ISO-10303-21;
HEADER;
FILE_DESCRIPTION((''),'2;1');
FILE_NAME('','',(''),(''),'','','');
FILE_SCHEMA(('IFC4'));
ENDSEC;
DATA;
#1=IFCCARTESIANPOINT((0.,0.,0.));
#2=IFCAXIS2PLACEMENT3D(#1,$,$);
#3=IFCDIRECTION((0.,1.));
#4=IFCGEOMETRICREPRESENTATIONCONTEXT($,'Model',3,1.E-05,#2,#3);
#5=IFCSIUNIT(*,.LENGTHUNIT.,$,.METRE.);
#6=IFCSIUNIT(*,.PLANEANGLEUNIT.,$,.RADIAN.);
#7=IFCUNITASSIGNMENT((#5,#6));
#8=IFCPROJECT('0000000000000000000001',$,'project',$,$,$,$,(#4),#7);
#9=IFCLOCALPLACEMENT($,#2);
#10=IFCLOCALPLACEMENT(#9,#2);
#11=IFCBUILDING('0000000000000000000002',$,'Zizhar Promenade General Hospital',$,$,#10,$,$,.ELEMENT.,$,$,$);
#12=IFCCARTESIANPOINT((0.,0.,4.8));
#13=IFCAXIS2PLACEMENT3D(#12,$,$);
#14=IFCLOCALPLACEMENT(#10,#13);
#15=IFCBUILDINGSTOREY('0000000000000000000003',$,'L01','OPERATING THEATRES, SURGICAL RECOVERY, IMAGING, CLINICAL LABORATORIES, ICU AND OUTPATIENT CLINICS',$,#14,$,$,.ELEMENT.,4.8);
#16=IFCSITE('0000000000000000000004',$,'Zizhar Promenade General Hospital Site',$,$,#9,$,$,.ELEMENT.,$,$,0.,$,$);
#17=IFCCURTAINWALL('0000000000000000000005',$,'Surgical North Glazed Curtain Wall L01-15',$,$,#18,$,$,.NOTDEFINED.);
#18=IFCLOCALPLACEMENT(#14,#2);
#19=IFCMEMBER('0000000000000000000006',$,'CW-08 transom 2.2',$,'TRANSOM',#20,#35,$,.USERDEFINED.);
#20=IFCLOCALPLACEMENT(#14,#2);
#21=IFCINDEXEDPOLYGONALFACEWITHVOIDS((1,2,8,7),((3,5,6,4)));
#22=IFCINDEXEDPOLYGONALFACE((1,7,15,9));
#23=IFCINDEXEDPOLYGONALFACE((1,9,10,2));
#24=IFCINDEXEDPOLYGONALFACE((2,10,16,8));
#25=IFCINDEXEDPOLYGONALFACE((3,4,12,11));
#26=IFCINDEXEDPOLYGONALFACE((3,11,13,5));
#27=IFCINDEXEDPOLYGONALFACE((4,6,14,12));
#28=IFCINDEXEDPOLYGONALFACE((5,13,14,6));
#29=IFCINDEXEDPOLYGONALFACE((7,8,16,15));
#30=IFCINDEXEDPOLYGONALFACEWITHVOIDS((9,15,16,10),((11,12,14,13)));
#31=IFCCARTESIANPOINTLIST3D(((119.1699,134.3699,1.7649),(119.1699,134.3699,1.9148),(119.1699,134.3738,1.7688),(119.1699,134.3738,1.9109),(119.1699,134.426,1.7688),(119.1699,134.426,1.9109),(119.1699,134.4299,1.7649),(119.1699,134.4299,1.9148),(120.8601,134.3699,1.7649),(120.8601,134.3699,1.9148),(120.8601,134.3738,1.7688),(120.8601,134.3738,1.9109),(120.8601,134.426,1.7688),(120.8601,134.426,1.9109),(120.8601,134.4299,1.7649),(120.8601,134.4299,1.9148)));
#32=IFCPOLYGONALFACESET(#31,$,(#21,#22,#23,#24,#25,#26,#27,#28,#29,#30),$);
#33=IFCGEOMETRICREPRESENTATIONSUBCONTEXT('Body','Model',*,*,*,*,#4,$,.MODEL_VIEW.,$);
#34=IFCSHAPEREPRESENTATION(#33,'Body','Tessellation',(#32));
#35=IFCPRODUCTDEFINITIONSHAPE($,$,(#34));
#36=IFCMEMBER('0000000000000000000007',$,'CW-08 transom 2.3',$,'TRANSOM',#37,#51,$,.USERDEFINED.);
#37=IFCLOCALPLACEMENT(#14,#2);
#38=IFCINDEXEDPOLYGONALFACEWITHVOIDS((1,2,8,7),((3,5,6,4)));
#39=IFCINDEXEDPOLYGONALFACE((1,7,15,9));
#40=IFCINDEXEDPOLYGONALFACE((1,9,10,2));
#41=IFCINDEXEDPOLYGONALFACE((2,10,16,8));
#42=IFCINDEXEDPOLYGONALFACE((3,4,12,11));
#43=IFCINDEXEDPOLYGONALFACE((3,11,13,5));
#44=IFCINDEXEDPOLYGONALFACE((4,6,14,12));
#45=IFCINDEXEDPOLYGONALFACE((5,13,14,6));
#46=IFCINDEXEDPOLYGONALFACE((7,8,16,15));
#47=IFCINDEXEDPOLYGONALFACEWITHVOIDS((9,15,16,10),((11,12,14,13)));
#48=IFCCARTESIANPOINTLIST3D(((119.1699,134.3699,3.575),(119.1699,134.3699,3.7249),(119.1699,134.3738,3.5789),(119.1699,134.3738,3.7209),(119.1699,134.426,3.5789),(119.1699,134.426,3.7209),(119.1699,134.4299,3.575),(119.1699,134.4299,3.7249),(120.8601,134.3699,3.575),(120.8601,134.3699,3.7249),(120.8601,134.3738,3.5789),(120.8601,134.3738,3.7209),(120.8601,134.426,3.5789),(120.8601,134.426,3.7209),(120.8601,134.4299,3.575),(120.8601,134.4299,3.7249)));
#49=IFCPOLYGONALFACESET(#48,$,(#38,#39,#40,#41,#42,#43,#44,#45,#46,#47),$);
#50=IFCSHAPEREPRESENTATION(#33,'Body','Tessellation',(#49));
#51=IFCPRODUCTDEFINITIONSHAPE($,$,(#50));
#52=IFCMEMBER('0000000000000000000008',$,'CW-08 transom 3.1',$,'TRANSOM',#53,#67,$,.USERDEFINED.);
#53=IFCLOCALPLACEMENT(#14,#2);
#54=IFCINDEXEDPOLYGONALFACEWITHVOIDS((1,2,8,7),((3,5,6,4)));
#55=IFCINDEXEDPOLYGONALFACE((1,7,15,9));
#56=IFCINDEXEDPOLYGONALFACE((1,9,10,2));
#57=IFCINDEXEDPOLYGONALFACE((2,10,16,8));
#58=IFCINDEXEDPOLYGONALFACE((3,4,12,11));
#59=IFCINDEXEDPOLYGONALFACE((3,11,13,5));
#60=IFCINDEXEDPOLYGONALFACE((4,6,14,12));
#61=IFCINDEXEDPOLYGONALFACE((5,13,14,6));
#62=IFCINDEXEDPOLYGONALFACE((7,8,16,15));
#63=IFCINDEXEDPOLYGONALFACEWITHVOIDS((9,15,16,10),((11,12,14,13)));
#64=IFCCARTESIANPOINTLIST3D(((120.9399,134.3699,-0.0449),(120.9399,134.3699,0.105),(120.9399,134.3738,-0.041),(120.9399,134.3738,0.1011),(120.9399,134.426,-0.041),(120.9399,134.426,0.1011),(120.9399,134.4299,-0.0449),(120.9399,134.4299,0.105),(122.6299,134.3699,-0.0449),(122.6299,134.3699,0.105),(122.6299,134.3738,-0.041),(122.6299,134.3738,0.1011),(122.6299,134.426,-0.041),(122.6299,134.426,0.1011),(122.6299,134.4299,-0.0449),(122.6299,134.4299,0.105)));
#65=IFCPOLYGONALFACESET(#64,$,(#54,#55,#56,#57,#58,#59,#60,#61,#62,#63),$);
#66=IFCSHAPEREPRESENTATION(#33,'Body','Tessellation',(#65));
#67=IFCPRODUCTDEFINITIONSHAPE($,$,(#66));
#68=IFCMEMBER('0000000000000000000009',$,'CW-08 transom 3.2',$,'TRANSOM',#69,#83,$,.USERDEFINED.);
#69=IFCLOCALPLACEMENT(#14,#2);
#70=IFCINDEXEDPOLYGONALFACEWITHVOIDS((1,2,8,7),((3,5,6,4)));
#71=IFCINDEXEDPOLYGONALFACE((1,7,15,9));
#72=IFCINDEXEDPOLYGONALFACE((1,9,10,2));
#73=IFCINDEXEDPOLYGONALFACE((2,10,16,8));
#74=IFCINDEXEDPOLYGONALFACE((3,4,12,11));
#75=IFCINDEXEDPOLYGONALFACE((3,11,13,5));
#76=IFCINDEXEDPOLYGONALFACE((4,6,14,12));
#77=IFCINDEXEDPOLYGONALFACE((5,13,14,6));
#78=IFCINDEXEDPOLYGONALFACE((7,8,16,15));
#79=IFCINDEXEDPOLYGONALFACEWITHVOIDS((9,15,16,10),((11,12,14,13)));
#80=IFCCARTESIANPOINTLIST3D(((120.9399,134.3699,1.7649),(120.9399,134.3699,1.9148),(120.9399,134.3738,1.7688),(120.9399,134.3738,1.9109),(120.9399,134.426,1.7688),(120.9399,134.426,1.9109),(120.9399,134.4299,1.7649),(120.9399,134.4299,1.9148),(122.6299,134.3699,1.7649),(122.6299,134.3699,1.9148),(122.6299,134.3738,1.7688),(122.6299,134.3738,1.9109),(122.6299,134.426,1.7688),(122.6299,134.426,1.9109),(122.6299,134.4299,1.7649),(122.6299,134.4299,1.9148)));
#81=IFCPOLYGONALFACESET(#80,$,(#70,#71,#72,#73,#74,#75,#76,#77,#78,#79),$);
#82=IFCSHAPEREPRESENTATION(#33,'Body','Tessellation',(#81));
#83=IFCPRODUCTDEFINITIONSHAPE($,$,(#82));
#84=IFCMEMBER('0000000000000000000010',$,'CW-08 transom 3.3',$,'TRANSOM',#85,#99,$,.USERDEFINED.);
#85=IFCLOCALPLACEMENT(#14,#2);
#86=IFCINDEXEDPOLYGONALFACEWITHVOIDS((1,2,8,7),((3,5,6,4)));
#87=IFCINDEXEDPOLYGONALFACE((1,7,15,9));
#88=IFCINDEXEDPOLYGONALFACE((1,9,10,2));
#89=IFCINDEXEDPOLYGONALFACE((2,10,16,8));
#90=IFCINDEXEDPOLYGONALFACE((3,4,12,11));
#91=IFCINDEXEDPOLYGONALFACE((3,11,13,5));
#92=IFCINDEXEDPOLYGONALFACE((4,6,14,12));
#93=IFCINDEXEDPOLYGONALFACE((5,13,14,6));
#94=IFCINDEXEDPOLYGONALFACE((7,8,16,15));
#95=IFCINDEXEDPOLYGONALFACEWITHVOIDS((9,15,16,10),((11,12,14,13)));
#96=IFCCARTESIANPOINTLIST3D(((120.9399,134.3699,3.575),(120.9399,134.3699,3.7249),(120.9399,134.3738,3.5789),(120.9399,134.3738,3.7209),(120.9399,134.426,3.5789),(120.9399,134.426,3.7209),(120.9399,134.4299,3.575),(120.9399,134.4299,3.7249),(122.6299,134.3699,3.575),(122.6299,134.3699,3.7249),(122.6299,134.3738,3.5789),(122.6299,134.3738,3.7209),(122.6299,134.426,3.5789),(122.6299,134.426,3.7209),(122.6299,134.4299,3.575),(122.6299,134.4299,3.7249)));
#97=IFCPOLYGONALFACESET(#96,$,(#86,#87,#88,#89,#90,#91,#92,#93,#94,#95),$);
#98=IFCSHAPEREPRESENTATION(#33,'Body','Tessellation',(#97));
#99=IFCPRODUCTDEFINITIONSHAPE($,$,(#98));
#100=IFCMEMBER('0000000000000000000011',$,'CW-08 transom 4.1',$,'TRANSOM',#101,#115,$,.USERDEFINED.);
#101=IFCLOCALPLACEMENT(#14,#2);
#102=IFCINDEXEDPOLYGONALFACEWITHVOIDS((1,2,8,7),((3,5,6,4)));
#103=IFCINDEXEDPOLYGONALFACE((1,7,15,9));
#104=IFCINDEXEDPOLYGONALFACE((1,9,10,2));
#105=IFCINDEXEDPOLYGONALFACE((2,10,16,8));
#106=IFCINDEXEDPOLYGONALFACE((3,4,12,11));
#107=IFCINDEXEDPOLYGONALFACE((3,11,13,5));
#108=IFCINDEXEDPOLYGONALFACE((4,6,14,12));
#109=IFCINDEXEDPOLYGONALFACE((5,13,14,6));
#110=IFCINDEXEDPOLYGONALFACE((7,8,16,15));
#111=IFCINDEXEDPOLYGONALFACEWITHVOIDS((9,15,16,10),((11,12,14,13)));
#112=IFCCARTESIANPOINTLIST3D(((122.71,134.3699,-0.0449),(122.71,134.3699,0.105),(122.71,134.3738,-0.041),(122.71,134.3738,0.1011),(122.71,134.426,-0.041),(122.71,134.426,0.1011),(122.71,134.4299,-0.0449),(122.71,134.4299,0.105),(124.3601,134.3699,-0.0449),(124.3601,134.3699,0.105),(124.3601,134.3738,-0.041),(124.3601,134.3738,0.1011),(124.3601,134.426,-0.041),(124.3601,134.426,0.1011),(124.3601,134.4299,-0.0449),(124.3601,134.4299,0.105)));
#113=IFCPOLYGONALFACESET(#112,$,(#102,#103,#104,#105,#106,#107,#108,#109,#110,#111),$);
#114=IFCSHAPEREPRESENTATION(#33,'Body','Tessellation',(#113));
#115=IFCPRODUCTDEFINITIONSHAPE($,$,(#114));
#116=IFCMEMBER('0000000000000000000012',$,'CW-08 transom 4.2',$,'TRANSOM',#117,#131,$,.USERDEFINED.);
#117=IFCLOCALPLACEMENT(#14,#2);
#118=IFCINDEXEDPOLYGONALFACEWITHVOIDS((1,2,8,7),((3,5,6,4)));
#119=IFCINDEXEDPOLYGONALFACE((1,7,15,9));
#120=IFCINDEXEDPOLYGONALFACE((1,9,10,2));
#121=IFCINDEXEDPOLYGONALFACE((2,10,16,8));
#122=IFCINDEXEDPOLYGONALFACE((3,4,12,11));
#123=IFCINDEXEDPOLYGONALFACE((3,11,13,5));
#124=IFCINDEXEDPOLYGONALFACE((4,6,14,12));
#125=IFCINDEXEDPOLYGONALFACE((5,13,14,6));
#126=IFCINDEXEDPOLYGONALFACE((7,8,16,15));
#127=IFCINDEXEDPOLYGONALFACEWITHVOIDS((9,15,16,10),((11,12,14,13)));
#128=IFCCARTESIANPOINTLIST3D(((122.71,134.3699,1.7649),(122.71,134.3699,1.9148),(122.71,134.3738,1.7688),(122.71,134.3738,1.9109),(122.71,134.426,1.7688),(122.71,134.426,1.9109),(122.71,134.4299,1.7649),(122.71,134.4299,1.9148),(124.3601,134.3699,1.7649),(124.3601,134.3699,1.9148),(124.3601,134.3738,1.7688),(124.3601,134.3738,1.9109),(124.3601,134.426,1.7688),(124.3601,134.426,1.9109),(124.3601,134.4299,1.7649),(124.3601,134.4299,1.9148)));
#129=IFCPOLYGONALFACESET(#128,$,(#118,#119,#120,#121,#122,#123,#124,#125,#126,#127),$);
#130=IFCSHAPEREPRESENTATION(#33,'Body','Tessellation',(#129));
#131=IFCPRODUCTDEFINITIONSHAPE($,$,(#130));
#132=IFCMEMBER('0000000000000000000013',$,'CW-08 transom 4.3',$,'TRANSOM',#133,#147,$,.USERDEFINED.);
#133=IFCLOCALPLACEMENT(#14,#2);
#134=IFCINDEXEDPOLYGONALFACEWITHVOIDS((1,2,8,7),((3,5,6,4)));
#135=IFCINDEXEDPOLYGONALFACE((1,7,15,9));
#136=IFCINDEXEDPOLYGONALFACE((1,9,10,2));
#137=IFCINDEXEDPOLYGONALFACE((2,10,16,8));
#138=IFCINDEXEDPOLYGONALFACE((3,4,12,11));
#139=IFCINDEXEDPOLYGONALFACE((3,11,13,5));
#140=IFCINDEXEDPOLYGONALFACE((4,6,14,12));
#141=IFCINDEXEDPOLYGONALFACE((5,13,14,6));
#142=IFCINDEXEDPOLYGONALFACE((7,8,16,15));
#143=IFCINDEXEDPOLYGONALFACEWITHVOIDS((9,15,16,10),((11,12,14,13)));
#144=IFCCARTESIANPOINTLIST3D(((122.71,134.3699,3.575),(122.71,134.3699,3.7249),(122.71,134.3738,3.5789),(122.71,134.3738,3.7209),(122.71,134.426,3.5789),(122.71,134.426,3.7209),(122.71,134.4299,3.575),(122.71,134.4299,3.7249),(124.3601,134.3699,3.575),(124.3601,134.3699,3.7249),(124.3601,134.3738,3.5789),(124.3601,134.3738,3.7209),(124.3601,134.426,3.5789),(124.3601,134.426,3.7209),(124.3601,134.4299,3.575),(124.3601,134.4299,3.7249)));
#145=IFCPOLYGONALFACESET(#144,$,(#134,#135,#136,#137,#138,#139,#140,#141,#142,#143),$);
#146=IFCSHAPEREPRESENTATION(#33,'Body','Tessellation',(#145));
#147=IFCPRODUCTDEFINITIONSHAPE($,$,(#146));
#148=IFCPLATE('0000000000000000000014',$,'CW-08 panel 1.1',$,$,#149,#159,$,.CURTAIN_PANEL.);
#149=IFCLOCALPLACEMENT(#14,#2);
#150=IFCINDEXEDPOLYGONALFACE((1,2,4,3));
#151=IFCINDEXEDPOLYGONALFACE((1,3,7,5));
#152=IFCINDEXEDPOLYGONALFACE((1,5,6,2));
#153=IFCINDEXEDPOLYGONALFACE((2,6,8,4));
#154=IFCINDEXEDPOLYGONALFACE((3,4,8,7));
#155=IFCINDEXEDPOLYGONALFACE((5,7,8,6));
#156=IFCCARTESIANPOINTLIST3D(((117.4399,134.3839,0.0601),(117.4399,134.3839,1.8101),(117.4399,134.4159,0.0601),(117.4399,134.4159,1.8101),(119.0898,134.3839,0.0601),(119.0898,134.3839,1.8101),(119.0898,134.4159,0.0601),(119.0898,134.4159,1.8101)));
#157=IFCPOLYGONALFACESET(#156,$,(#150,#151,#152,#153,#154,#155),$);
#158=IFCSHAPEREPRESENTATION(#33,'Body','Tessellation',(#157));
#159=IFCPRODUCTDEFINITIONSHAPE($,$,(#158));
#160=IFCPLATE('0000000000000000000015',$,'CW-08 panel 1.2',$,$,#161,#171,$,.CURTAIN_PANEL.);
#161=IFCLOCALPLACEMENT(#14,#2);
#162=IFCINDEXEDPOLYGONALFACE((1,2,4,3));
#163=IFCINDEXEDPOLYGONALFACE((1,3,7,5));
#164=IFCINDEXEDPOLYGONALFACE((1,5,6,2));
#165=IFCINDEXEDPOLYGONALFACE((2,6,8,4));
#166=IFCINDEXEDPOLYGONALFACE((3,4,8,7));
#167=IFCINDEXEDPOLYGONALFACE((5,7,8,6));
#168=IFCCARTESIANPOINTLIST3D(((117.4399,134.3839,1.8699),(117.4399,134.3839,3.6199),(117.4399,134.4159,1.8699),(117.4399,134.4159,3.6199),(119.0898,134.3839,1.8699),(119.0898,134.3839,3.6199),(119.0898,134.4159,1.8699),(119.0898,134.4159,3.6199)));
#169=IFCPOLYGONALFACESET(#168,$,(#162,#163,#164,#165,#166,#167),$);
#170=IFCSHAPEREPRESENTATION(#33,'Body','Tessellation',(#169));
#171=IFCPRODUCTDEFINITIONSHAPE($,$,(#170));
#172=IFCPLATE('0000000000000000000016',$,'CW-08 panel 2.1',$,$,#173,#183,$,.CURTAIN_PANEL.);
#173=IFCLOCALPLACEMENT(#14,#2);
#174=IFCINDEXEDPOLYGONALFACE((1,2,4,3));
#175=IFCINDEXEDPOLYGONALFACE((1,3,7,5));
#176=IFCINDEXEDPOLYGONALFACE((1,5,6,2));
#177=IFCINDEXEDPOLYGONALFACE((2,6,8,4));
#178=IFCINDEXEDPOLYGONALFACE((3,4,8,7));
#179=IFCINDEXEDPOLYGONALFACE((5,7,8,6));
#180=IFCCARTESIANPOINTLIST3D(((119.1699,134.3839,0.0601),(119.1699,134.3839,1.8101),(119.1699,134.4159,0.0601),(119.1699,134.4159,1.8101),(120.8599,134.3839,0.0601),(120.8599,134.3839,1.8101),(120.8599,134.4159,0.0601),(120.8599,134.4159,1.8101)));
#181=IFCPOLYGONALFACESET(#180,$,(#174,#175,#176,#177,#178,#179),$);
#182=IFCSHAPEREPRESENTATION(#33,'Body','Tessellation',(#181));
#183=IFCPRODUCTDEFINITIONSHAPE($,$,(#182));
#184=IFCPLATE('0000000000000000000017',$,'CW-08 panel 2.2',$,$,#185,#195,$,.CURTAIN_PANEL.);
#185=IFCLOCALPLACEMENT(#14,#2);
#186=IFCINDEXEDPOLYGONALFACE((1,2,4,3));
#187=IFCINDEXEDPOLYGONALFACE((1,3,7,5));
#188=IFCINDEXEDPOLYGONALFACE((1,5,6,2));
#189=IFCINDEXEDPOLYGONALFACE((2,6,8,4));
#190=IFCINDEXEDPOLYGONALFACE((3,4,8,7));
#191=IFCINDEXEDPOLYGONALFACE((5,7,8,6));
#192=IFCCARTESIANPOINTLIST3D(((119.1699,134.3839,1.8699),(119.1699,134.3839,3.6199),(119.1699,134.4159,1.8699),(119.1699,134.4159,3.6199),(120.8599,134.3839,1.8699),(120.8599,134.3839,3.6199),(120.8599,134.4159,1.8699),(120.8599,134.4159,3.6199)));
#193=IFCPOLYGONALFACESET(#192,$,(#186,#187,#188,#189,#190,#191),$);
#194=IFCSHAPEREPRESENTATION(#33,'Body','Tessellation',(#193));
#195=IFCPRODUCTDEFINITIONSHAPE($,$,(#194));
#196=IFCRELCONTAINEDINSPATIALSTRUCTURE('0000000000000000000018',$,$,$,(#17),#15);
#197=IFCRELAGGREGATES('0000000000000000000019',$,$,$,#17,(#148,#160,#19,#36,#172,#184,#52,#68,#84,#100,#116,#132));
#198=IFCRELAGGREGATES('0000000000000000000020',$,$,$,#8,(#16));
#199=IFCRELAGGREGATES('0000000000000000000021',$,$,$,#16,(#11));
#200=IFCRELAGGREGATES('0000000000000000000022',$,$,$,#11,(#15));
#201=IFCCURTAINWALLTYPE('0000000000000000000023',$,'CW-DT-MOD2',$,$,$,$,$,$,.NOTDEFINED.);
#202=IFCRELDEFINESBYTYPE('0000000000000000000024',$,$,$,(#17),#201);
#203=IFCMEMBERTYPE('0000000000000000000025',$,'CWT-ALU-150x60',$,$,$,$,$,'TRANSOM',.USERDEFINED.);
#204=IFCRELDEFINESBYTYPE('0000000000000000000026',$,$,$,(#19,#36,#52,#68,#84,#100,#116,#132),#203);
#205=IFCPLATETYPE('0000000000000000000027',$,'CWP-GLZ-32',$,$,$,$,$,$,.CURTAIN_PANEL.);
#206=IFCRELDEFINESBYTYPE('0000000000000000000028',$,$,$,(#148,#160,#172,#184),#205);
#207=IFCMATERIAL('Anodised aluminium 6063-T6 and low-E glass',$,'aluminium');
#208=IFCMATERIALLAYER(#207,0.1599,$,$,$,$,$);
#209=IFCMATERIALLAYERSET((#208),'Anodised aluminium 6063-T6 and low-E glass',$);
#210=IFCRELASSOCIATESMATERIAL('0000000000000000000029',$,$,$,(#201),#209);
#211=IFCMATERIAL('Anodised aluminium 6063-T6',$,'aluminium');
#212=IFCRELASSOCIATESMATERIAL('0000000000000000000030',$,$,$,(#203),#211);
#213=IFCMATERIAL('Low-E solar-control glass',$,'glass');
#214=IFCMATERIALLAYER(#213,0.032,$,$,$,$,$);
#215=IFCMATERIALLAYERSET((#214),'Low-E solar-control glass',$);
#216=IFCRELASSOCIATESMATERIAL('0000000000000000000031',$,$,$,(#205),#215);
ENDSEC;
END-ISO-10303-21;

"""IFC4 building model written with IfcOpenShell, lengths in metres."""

from ifc_helpers import new_model, si_unit, direction, frame, origin, origin_2d, place, context, subcontext, project, spatial, rectangle, hollow_rectangle, extrude, material, layer, layer_set, material_profile, profile_set, type_object, element, aggregate, save


model = new_model("IFC4")

# Units and contexts
model_context = context("Model", 3, precision=1e-05, world=origin(), true_north=direction((0.0, 1.0)))
body_context = subcontext(model_context, "Body", "Model", "MODEL_VIEW")
ifc_project = project(units=[si_unit("LENGTHUNIT", "METRE"), si_unit("PLANEANGLEUNIT", "RADIAN")], contexts=[model_context])

# Site, building, storey
site_placement = place(None, origin())
site = spatial("IfcSite", under=ifc_project, at=site_placement, Name="Zizhar Promenade General Hospital Site", CompositionType="ELEMENT", RefElevation=0.0)
building_placement = place(site_placement, origin())
building = spatial("IfcBuilding", under=site, at=building_placement, Name="Zizhar Promenade General Hospital", CompositionType="ELEMENT")
storey_placement = place(building_placement, frame((0.0, 0.0, 4.8)))
storey = spatial("IfcBuildingStorey", under=building, at=storey_placement, Name="L01", Description="OPERATING THEATRES, SURGICAL RECOVERY, IMAGING, CLINICAL LABORATORIES, ICU AND OUTPATIENT CLINICS", CompositionType="ELEMENT", Elevation=4.8)

# Curtain wall, members, plates
ifc_material_1 = material(Name="Anodised aluminium 6063-T6 and low-E glass", Category="aluminium")
ifc_layer_1 = layer(ifc_material_1, 0.1599)
ifc_layer_set_1 = layer_set([ifc_layer_1], Name="Anodised aluminium 6063-T6 and low-E glass")
curtain_wall_type = type_object("IfcCurtainWallType", Name="CW-DT-MOD2", PredefinedType="NOTDEFINED", material=ifc_layer_set_1)
curtain_wall_placement = place(storey_placement, origin())
curtain_wall = element("IfcCurtainWall", 1, at=curtain_wall_placement, inside=storey, type_object=curtain_wall_type, Name="Surgical North Glazed Curtain Wall L01-15", PredefinedType="NOTDEFINED")
ifc_material_2 = material(Name="Anodised aluminium 6063-T6", Category="aluminium")
ifc_material_profile_1 = material_profile(ifc_material_2, hollow_rectangle(XDim=0.0601, YDim=0.1499, WallThickness=0.0039, at=origin_2d()))
ifc_profile_set_1 = profile_set([ifc_material_profile_1], Name="Anodised aluminium 6063-T6")
member_type_1 = type_object("IfcMemberType", Name="CWT-ALU-150x60", ElementType="TRANSOM", PredefinedType="USERDEFINED", material=ifc_profile_set_1)
member_1_placement = place(storey_placement, frame((119.1699, 134.3999, 1.8398), z_axis=(1.0, 0.0, 0.0), x_axis=(0.0, 1.0, 0.0)))
member_1 = element("IfcMember", 2, at=member_1_placement, type_object=member_type_1, Name="CW-08 transom 2.2", ObjectType="TRANSOM", PredefinedType="USERDEFINED", context=body_context, shape_type="SweptSolid", body=[
    extrude(hollow_rectangle(XDim=0.0601, YDim=0.1499, WallThickness=0.0039, at=origin_2d()), origin(), (0.0, 0.0, 1.0), 1.6902),
])
member_2_placement = place(storey_placement, frame((119.1699, 134.3999, 3.6499), z_axis=(1.0, 0.0, 0.0), x_axis=(0.0, 1.0, 0.0)))
member_2 = element("IfcMember", 3, at=member_2_placement, type_object=member_type_1, Name="CW-08 transom 2.3", ObjectType="TRANSOM", PredefinedType="USERDEFINED", context=body_context, shape_type="SweptSolid", body=[
    extrude(hollow_rectangle(XDim=0.0601, YDim=0.1499, WallThickness=0.0039, at=origin_2d()), origin(), (0.0, 0.0, 1.0), 1.6902),
])
member_3_placement = place(storey_placement, frame((120.9399, 134.3999, 0.03), z_axis=(1.0, 0.0, 0.0), x_axis=(0.0, 1.0, 0.0)))
member_3 = element("IfcMember", 4, at=member_3_placement, type_object=member_type_1, Name="CW-08 transom 3.1", ObjectType="TRANSOM", PredefinedType="USERDEFINED", context=body_context, shape_type="SweptSolid", body=[
    extrude(hollow_rectangle(XDim=0.0601, YDim=0.1499, WallThickness=0.0039, at=origin_2d()), origin(), (0.0, 0.0, 1.0), 1.6899),
])
member_4_placement = place(storey_placement, frame((120.9399, 134.3999, 1.8398), z_axis=(1.0, 0.0, 0.0), x_axis=(0.0, 1.0, 0.0)))
member_4 = element("IfcMember", 5, at=member_4_placement, type_object=member_type_1, Name="CW-08 transom 3.2", ObjectType="TRANSOM", PredefinedType="USERDEFINED", context=body_context, shape_type="SweptSolid", body=[
    extrude(hollow_rectangle(XDim=0.0601, YDim=0.1499, WallThickness=0.0039, at=origin_2d()), origin(), (0.0, 0.0, 1.0), 1.6899),
])
member_5_placement = place(storey_placement, frame((120.9399, 134.3999, 3.6499), z_axis=(1.0, 0.0, 0.0), x_axis=(0.0, 1.0, 0.0)))
member_5 = element("IfcMember", 6, at=member_5_placement, type_object=member_type_1, Name="CW-08 transom 3.3", ObjectType="TRANSOM", PredefinedType="USERDEFINED", context=body_context, shape_type="SweptSolid", body=[
    extrude(hollow_rectangle(XDim=0.0601, YDim=0.1499, WallThickness=0.0039, at=origin_2d()), origin(), (0.0, 0.0, 1.0), 1.6899),
])
member_6_placement = place(storey_placement, frame((122.71, 134.3999, 0.03), z_axis=(1.0, 0.0, 0.0), x_axis=(0.0, 1.0, 0.0)))
member_6 = element("IfcMember", 7, at=member_6_placement, type_object=member_type_1, Name="CW-08 transom 4.1", ObjectType="TRANSOM", PredefinedType="USERDEFINED", context=body_context, shape_type="SweptSolid", body=[
    extrude(hollow_rectangle(XDim=0.0601, YDim=0.1499, WallThickness=0.0039, at=origin_2d()), origin(), (0.0, 0.0, 1.0), 1.6501),
])
member_7_placement = place(storey_placement, frame((122.71, 134.3999, 1.8398), z_axis=(1.0, 0.0, 0.0), x_axis=(0.0, 1.0, 0.0)))
member_7 = element("IfcMember", 8, at=member_7_placement, type_object=member_type_1, Name="CW-08 transom 4.2", ObjectType="TRANSOM", PredefinedType="USERDEFINED", context=body_context, shape_type="SweptSolid", body=[
    extrude(hollow_rectangle(XDim=0.0601, YDim=0.1499, WallThickness=0.0039, at=origin_2d()), origin(), (0.0, 0.0, 1.0), 1.6501),
])
member_8_placement = place(storey_placement, frame((122.71, 134.3999, 3.6499), z_axis=(1.0, 0.0, 0.0), x_axis=(0.0, 1.0, 0.0)))
member_8 = element("IfcMember", 9, at=member_8_placement, type_object=member_type_1, Name="CW-08 transom 4.3", ObjectType="TRANSOM", PredefinedType="USERDEFINED", context=body_context, shape_type="SweptSolid", body=[
    extrude(hollow_rectangle(XDim=0.0601, YDim=0.1499, WallThickness=0.0039, at=origin_2d()), origin(), (0.0, 0.0, 1.0), 1.6501),
])
ifc_material_3 = material(Name="Low-E solar-control glass", Category="glass")
ifc_layer_2 = layer(ifc_material_3, 0.032)
ifc_layer_set_2 = layer_set([ifc_layer_2], Name="Low-E solar-control glass")
plate_type = type_object("IfcPlateType", Name="CWP-GLZ-32", PredefinedType="CURTAIN_PANEL", material=ifc_layer_set_2)
plate_1_placement = place(storey_placement, frame((118.2649, 134.3999, 0.0601), z_axis=(0.0, 0.0, 1.0), x_axis=(1.0, 0.0, 0.0)))
plate_1 = element("IfcPlate", 10, at=plate_1_placement, type_object=plate_type, Name="CW-08 panel 1.1", PredefinedType="CURTAIN_PANEL", context=body_context, shape_type="SweptSolid", body=[
    extrude(rectangle(XDim=1.6499, YDim=0.032, at=origin_2d()), origin(), (0.0, 0.0, 1.0), 1.75),
])
plate_2_placement = place(storey_placement, frame((118.2649, 134.3999, 1.8699), z_axis=(0.0, 0.0, 1.0), x_axis=(1.0, 0.0, 0.0)))
plate_2 = element("IfcPlate", 11, at=plate_2_placement, type_object=plate_type, Name="CW-08 panel 1.2", PredefinedType="CURTAIN_PANEL", context=body_context, shape_type="SweptSolid", body=[
    extrude(rectangle(XDim=1.6499, YDim=0.032, at=origin_2d()), origin(), (0.0, 0.0, 1.0), 1.75),
])
plate_3_placement = place(storey_placement, frame((120.0149, 134.3999, 0.0601), z_axis=(0.0, 0.0, 1.0), x_axis=(1.0, 0.0, 0.0)))
plate_3 = element("IfcPlate", 12, at=plate_3_placement, type_object=plate_type, Name="CW-08 panel 2.1", PredefinedType="CURTAIN_PANEL", context=body_context, shape_type="SweptSolid", body=[
    extrude(rectangle(XDim=1.6899, YDim=0.032, at=origin_2d()), origin(), (0.0, 0.0, 1.0), 1.75),
])
plate_4_placement = place(storey_placement, frame((120.0149, 134.3999, 1.8699), z_axis=(0.0, 0.0, 1.0), x_axis=(1.0, 0.0, 0.0)))
plate_4 = element("IfcPlate", 13, at=plate_4_placement, type_object=plate_type, Name="CW-08 panel 2.2", PredefinedType="CURTAIN_PANEL", context=body_context, shape_type="SweptSolid", body=[
    extrude(rectangle(XDim=1.6899, YDim=0.032, at=origin_2d()), origin(), (0.0, 0.0, 1.0), 1.75),
])
aggregate(curtain_wall, [plate_1, plate_2, member_1, member_2, plate_3, plate_4, member_3, member_4, member_5, member_6, member_7, member_8])

save(model, "model.ifc")
